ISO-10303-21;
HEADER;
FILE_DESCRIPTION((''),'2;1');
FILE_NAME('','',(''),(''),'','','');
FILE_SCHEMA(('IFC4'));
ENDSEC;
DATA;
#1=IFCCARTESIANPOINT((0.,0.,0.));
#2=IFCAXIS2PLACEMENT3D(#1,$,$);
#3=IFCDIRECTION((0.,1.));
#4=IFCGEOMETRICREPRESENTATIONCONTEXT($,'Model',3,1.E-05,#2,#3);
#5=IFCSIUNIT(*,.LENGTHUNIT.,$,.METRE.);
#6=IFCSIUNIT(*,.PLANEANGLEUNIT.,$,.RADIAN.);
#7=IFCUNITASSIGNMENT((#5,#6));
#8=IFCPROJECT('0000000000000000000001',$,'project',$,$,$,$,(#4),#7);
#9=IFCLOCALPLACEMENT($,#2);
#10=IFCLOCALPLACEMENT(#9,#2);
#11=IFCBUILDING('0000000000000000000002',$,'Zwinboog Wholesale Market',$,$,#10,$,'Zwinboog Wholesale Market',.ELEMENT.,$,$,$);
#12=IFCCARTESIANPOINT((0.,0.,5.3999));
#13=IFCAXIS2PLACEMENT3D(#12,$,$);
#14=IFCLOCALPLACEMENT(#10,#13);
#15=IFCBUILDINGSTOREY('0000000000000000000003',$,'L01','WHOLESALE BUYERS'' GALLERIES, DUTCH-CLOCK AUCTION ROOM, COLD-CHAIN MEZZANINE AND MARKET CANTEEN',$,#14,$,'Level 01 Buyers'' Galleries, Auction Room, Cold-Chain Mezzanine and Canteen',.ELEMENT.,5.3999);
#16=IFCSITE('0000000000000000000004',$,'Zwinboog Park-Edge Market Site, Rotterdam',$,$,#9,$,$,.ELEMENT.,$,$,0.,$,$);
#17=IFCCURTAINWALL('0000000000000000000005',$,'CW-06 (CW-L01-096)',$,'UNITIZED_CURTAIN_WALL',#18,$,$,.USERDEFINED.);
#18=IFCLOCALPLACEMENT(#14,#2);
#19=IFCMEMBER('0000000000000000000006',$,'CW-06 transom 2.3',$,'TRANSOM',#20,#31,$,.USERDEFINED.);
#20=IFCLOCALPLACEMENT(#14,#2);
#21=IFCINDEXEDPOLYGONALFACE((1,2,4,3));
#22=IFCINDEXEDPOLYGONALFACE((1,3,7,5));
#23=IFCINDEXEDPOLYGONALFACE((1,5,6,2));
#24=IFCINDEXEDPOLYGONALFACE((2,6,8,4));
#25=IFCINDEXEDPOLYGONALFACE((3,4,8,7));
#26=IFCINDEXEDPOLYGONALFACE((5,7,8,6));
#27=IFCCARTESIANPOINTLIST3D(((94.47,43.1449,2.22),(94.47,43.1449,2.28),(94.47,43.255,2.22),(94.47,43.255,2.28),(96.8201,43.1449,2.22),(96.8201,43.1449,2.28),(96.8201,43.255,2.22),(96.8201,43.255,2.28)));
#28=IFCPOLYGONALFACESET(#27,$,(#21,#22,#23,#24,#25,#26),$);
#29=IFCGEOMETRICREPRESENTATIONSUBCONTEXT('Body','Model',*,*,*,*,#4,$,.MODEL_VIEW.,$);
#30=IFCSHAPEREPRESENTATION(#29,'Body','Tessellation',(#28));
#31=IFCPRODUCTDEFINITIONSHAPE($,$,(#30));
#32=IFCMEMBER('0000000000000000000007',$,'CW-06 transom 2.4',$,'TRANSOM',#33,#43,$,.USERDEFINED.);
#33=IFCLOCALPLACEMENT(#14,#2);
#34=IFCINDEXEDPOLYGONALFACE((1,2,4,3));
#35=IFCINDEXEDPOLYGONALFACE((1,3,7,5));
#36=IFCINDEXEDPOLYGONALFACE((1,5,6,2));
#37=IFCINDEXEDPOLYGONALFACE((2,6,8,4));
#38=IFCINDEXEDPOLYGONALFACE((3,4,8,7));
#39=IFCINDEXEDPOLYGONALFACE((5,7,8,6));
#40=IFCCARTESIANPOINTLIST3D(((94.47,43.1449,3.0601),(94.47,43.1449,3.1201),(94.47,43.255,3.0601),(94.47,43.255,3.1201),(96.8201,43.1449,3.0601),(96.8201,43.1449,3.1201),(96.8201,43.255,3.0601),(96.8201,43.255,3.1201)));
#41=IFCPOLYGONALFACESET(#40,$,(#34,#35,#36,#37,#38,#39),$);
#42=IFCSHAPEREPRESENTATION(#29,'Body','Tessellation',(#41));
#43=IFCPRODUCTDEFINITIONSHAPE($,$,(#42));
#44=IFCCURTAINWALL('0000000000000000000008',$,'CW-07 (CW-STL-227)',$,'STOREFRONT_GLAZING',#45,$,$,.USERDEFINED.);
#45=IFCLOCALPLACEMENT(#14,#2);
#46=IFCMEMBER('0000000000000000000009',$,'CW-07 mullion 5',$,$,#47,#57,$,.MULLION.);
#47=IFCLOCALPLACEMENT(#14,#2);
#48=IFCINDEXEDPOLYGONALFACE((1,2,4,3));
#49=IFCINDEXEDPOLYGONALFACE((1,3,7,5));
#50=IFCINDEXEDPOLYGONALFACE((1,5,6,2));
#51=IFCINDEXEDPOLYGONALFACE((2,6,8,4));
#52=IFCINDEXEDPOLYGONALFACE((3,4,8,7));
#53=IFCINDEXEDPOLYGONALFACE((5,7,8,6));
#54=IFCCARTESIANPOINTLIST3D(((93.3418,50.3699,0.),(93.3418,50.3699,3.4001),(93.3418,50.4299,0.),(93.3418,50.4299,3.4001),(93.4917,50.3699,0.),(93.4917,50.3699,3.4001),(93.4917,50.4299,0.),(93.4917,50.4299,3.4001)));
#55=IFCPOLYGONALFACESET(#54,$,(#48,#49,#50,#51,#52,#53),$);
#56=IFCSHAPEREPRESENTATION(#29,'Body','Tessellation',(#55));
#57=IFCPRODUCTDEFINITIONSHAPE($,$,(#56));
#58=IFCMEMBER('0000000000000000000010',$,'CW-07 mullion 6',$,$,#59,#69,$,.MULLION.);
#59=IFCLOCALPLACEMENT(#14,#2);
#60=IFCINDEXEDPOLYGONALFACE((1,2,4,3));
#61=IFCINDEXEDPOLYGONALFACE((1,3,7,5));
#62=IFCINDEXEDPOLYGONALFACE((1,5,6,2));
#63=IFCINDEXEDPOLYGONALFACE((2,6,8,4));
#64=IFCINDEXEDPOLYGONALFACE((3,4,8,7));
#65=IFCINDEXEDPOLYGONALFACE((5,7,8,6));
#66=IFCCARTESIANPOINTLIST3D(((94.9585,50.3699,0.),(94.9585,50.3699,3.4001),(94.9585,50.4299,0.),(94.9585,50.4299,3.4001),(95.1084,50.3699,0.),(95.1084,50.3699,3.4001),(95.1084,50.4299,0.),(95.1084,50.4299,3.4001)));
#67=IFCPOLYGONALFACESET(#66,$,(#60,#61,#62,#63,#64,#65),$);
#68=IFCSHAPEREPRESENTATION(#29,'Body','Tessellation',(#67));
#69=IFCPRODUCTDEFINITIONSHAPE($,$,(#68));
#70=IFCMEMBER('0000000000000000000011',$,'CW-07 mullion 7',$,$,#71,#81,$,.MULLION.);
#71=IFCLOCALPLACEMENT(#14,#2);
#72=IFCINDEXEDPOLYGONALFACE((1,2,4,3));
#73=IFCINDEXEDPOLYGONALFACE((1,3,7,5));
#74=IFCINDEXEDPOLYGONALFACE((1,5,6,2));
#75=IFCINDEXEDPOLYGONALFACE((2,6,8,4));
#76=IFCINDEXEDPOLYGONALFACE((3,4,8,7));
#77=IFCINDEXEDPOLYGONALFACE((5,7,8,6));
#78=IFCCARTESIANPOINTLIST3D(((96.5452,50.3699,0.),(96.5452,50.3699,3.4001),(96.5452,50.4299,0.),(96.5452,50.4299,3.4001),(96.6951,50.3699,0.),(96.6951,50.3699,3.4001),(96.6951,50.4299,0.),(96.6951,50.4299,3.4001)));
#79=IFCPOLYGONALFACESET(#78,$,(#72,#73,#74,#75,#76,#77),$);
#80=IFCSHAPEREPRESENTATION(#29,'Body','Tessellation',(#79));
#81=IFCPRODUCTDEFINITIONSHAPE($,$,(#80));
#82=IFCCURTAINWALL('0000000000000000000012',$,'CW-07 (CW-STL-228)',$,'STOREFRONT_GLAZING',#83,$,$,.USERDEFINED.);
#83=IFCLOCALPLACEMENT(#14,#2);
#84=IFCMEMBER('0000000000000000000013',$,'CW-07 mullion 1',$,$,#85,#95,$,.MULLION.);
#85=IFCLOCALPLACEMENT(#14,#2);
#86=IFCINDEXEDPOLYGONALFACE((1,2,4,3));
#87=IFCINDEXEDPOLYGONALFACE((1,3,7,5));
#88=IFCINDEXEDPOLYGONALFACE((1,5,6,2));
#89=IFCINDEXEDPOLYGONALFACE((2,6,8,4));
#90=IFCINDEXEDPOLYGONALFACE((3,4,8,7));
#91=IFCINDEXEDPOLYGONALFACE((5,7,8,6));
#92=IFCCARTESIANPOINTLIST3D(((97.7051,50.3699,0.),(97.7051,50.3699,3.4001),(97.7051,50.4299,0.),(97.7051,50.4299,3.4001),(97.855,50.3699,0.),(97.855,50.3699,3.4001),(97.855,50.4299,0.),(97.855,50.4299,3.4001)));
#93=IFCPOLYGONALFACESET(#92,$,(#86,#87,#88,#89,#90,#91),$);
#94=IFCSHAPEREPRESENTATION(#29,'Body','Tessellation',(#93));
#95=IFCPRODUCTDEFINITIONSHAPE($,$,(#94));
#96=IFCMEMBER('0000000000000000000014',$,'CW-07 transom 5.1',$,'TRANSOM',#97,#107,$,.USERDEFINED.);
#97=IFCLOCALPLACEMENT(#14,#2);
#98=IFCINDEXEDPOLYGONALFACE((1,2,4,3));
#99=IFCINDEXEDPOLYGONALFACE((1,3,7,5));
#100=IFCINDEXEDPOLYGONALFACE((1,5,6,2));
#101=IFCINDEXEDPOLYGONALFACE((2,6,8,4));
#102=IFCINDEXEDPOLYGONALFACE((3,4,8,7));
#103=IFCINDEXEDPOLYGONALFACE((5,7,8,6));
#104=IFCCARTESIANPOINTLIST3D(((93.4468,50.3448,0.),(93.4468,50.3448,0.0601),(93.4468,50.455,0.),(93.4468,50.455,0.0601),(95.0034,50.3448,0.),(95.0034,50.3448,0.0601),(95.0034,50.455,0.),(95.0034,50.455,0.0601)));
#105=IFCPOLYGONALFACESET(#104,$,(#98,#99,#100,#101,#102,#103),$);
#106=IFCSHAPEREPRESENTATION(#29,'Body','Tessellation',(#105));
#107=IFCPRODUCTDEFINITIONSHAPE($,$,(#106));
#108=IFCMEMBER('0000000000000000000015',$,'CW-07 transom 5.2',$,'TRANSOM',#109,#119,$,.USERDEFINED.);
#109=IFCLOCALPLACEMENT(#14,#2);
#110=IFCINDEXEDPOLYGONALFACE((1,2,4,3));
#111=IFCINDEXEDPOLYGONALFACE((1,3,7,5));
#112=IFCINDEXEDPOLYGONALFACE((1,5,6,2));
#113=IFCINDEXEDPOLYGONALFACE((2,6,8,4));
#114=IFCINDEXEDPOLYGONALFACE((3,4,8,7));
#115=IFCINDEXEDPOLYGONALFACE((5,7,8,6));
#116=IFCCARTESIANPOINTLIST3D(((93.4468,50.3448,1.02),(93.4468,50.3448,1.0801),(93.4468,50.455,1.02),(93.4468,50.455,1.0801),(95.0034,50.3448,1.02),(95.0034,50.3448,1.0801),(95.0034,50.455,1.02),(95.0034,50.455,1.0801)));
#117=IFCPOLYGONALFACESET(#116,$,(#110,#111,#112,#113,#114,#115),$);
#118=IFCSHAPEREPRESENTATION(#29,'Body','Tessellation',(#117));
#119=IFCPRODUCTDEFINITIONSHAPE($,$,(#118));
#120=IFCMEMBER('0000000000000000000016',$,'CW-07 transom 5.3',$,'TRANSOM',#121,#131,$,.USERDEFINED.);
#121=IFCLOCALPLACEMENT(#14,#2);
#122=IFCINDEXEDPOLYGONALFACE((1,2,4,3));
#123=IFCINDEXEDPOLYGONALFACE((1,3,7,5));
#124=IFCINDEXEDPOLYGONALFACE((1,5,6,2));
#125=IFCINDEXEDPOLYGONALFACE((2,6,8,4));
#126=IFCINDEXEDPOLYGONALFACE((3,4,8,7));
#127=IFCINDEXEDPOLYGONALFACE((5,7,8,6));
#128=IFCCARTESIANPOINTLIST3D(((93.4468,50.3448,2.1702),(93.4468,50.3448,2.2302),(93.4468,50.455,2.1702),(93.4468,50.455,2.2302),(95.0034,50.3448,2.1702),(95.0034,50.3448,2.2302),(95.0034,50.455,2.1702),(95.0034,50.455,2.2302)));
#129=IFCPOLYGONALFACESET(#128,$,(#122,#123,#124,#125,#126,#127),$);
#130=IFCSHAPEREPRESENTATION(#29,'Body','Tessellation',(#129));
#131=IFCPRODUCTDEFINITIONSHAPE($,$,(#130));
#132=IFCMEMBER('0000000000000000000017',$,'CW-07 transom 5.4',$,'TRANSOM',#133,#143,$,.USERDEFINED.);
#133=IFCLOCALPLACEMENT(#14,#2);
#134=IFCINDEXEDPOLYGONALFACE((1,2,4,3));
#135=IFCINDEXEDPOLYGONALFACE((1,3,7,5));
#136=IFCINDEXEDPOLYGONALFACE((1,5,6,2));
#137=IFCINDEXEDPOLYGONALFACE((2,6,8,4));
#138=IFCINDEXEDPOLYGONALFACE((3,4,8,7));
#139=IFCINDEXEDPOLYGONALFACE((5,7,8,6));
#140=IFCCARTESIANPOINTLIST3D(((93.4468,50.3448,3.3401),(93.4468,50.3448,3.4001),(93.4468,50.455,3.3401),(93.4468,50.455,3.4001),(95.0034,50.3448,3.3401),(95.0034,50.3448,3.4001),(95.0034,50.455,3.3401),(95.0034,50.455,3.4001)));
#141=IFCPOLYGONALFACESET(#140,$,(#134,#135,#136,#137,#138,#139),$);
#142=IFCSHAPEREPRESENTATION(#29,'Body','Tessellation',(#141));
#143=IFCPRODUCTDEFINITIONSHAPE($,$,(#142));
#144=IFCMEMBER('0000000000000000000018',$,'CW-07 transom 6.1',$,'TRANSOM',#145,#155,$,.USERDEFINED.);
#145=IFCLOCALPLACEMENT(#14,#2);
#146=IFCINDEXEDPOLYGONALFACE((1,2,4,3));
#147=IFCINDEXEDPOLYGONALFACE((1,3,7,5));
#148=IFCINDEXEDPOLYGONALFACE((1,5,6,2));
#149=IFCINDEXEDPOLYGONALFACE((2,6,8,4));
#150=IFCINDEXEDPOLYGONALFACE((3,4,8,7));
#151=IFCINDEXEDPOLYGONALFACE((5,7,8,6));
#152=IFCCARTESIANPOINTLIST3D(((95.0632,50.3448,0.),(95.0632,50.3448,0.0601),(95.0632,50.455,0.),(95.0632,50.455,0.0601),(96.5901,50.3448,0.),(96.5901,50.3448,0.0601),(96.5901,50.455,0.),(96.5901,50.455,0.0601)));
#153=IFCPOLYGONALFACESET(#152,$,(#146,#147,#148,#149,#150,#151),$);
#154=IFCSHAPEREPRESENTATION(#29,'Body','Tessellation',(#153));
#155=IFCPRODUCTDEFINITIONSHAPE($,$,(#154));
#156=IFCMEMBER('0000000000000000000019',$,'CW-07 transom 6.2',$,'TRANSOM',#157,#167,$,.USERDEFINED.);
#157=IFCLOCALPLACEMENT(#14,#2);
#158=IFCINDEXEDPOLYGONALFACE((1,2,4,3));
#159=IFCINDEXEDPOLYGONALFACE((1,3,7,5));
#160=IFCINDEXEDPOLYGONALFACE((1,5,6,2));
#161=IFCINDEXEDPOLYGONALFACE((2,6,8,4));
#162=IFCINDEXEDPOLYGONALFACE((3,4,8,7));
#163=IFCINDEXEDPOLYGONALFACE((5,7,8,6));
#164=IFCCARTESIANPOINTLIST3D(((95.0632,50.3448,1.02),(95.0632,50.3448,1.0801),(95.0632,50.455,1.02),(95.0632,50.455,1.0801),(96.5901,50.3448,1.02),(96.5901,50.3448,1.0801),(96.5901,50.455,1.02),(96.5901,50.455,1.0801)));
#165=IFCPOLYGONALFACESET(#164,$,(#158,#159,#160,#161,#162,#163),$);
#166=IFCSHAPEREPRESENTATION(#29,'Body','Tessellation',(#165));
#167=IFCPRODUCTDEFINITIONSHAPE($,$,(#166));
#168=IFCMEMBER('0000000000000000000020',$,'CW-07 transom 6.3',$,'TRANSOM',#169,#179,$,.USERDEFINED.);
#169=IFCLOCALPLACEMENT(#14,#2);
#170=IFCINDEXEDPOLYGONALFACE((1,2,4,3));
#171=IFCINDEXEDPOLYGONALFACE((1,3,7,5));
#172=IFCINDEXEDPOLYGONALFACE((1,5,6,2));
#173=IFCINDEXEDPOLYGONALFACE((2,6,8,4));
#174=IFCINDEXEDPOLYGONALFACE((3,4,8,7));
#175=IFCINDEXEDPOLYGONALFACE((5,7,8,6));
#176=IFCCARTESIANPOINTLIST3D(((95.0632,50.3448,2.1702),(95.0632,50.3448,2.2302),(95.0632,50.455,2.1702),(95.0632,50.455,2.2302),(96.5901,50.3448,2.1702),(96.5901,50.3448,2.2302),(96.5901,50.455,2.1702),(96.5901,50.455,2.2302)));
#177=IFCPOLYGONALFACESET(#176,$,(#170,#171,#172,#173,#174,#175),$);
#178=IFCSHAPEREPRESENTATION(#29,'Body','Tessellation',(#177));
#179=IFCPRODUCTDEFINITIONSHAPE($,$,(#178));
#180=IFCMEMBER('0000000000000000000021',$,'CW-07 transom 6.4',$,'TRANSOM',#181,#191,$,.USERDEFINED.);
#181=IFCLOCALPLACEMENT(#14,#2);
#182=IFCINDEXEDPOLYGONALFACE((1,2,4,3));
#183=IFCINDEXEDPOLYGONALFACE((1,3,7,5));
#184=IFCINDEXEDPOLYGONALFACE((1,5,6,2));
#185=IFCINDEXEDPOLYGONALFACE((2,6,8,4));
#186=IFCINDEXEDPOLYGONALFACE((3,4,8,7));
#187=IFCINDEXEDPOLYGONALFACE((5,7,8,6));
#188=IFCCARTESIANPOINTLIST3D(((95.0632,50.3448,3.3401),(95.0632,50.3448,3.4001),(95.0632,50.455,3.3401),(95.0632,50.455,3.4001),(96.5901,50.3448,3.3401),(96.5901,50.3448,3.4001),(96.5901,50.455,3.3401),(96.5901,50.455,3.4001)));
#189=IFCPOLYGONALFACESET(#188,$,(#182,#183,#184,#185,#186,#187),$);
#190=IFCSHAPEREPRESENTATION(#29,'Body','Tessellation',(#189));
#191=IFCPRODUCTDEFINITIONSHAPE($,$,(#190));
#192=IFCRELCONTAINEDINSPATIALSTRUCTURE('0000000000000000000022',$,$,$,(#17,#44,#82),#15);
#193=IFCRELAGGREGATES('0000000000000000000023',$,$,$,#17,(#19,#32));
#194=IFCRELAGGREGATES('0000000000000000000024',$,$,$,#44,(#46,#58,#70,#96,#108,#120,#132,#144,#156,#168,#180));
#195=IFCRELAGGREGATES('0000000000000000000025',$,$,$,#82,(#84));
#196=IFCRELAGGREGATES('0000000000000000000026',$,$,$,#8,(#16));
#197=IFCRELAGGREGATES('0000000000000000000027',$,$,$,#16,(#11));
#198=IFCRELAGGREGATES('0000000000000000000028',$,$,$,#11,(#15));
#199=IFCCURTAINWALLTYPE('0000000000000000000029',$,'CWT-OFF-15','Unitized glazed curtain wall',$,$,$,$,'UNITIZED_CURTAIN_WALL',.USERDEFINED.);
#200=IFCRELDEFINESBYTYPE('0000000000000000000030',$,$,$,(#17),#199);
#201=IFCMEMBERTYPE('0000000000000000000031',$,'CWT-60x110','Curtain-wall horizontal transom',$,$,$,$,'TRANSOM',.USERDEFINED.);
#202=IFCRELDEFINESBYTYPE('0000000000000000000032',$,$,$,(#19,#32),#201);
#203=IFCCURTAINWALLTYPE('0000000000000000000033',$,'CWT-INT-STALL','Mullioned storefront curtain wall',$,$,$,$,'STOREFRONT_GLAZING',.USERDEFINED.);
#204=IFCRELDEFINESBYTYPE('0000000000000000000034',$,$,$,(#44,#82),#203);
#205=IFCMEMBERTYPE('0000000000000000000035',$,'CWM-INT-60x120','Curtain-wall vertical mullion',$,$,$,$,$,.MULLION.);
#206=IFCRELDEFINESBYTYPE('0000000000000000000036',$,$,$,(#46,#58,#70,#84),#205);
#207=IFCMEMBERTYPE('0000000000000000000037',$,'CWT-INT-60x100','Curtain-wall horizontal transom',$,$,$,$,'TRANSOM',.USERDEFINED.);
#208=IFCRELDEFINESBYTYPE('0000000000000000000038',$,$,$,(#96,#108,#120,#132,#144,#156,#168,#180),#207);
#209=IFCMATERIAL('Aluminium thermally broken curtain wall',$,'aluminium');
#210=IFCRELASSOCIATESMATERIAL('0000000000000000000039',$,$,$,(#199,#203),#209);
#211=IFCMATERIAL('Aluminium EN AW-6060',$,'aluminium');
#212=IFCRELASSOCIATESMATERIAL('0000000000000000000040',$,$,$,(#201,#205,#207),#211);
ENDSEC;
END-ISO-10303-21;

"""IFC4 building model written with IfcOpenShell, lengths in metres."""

from ifc_helpers import new_model, si_unit, direction, frame, origin, origin_2d, place, context, subcontext, project, spatial, rectangle, extrude, material, material_profile, profile_set, type_object, element, aggregate, save


model = new_model("IFC4")

# Units and contexts
model_context = context("Model", 3, precision=1e-05, world=origin(), true_north=direction((0.0, 1.0)))
body_context = subcontext(model_context, "Body", "Model", "MODEL_VIEW")
ifc_project = project(units=[si_unit("LENGTHUNIT", "METRE"), si_unit("PLANEANGLEUNIT", "RADIAN")], contexts=[model_context])

# Site, building, storey
site_placement = place(None, origin())
site = spatial("IfcSite", under=ifc_project, at=site_placement, Name="Zwinboog Park-Edge Market Site, Rotterdam", CompositionType="ELEMENT", RefElevation=0.0)
building_placement = place(site_placement, origin())
building = spatial("IfcBuilding", under=site, at=building_placement, Name="Zwinboog Wholesale Market", LongName="Zwinboog Wholesale Market", CompositionType="ELEMENT")
storey_placement = place(building_placement, frame((0.0, 0.0, 5.3999)))
storey = spatial("IfcBuildingStorey", under=building, at=storey_placement, Name="L01", Description="WHOLESALE BUYERS' GALLERIES, DUTCH-CLOCK AUCTION ROOM, COLD-CHAIN MEZZANINE AND MARKET CANTEEN", LongName="Level 01 Buyers' Galleries, Auction Room, Cold-Chain Mezzanine and Canteen", CompositionType="ELEMENT", Elevation=5.3999)

# Curtain wall
ifc_material_1 = material(Name="Aluminium thermally broken curtain wall", Category="aluminium")
ifc_material_2 = material(Name="Aluminium EN AW-6060", Category="aluminium")
curtain_wall_type_1 = type_object("IfcCurtainWallType", Name="CWT-OFF-15", Description="Unitized glazed curtain wall", ElementType="UNITIZED_CURTAIN_WALL", PredefinedType="USERDEFINED", material=ifc_material_1)
curtain_wall_1_placement = place(storey_placement, origin())
curtain_wall_1 = element("IfcCurtainWall", 1, at=curtain_wall_1_placement, inside=storey, type_object=curtain_wall_type_1, Name="CW-06 (CW-L01-096)", ObjectType="UNITIZED_CURTAIN_WALL", PredefinedType="USERDEFINED")

# Members
ifc_material_profile_1 = material_profile(ifc_material_2, rectangle(XDim=0.1101, YDim=0.0601, at=origin_2d()), Name="AL 60x110")
ifc_profile_set_1 = profile_set([ifc_material_profile_1], Name="Aluminium EN AW-6060")
member_type_1 = type_object("IfcMemberType", Name="CWT-60x110", Description="Curtain-wall horizontal transom", ElementType="TRANSOM", PredefinedType="USERDEFINED", material=ifc_profile_set_1)
member_1_placement = place(storey_placement, frame((94.47, 43.2, 2.25), z_axis=(1.0, 0.0, 0.0), x_axis=(0.0, 1.0, 0.0)))
member_1 = element("IfcMember", 2, at=member_1_placement, type_object=member_type_1, Name="CW-06 transom 2.3", ObjectType="TRANSOM", PredefinedType="USERDEFINED", context=body_context, shape_type="SweptSolid", body=[
    extrude(rectangle(XDim=0.1101, YDim=0.0601, at=origin_2d()), origin(), (0.0, 0.0, 1.0), 2.3501),
])
member_2_placement = place(storey_placement, frame((94.47, 43.2, 3.0901), z_axis=(1.0, 0.0, 0.0), x_axis=(0.0, 1.0, 0.0)))
member_2 = element("IfcMember", 3, at=member_2_placement, type_object=member_type_1, Name="CW-06 transom 2.4", ObjectType="TRANSOM", PredefinedType="USERDEFINED", context=body_context, shape_type="SweptSolid", body=[
    extrude(rectangle(XDim=0.1101, YDim=0.0601, at=origin_2d()), origin(), (0.0, 0.0, 1.0), 2.3501),
])

# Curtain wall, members
curtain_wall_type_2 = type_object("IfcCurtainWallType", Name="CWT-INT-STALL", Description="Mullioned storefront curtain wall", ElementType="STOREFRONT_GLAZING", PredefinedType="USERDEFINED", material=ifc_material_1)
curtain_wall_2_placement = place(storey_placement, origin())
curtain_wall_2 = element("IfcCurtainWall", 4, at=curtain_wall_2_placement, inside=storey, type_object=curtain_wall_type_2, Name="CW-07 (CW-STL-227)", ObjectType="STOREFRONT_GLAZING", PredefinedType="USERDEFINED")
ifc_material_profile_2 = material_profile(ifc_material_2, rectangle(XDim=0.0601, YDim=0.1499, at=origin_2d()), Name="AL 60x150")
ifc_profile_set_2 = profile_set([ifc_material_profile_2], Name="Aluminium EN AW-6060")
member_type_2 = type_object("IfcMemberType", Name="CWM-INT-60x120", Description="Curtain-wall vertical mullion", PredefinedType="MULLION", material=ifc_profile_set_2)
member_3_placement = place(storey_placement, frame((93.4167, 50.3999, 0.0), z_axis=(0.0, 0.0, 1.0), x_axis=(0.0, 1.0, 0.0)))
member_3 = element("IfcMember", 5, at=member_3_placement, type_object=member_type_2, Name="CW-07 mullion 5", PredefinedType="MULLION", context=body_context, shape_type="SweptSolid", body=[
    extrude(rectangle(XDim=0.0601, YDim=0.1499, at=origin_2d()), origin(), (0.0, 0.0, 1.0), 3.4001),
])
member_4_placement = place(storey_placement, frame((95.0334, 50.3999, 0.0), z_axis=(0.0, 0.0, 1.0), x_axis=(0.0, 1.0, 0.0)))
member_4 = element("IfcMember", 6, at=member_4_placement, type_object=member_type_2, Name="CW-07 mullion 6", PredefinedType="MULLION", context=body_context, shape_type="SweptSolid", body=[
    extrude(rectangle(XDim=0.0601, YDim=0.1499, at=origin_2d()), origin(), (0.0, 0.0, 1.0), 3.4001),
])
member_5_placement = place(storey_placement, frame((96.6201, 50.3999, 0.0), z_axis=(0.0, 0.0, 1.0), x_axis=(0.0, 1.0, 0.0)))
member_5 = element("IfcMember", 7, at=member_5_placement, type_object=member_type_2, Name="CW-07 mullion 7", PredefinedType="MULLION", context=body_context, shape_type="SweptSolid", body=[
    extrude(rectangle(XDim=0.0601, YDim=0.1499, at=origin_2d()), origin(), (0.0, 0.0, 1.0), 3.4001),
])

# Curtain wall, member
curtain_wall_3_placement = place(storey_placement, origin())
curtain_wall_3 = element("IfcCurtainWall", 8, at=curtain_wall_3_placement, inside=storey, type_object=curtain_wall_type_2, Name="CW-07 (CW-STL-228)", ObjectType="STOREFRONT_GLAZING", PredefinedType="USERDEFINED")
member_6_placement = place(storey_placement, frame((97.78, 50.3999, 0.0), z_axis=(0.0, 0.0, 1.0), x_axis=(0.0, 1.0, 0.0)))
member_6 = element("IfcMember", 9, at=member_6_placement, type_object=member_type_2, Name="CW-07 mullion 1", PredefinedType="MULLION", context=body_context, shape_type="SweptSolid", body=[
    extrude(rectangle(XDim=0.0601, YDim=0.1499, at=origin_2d()), origin(), (0.0, 0.0, 1.0), 3.4001),
])

# Members
ifc_material_profile_3 = material_profile(ifc_material_2, rectangle(XDim=0.1101, YDim=0.0601, at=origin_2d()), Name="AL 60x110")
ifc_profile_set_3 = profile_set([ifc_material_profile_3], Name="Aluminium EN AW-6060")
member_type_3 = type_object("IfcMemberType", Name="CWT-INT-60x100", Description="Curtain-wall horizontal transom", ElementType="TRANSOM", PredefinedType="USERDEFINED", material=ifc_profile_set_3)
member_7_placement = place(storey_placement, frame((93.4468, 50.3999, 0.03), z_axis=(1.0, 0.0, 0.0), x_axis=(0.0, 1.0, 0.0)))
member_7 = element("IfcMember", 10, at=member_7_placement, type_object=member_type_3, Name="CW-07 transom 5.1", ObjectType="TRANSOM", PredefinedType="USERDEFINED", context=body_context, shape_type="SweptSolid", body=[
    extrude(rectangle(XDim=0.1101, YDim=0.0601, at=origin_2d()), origin(), (0.0, 0.0, 1.0), 1.5566),
])
member_8_placement = place(storey_placement, frame((93.4468, 50.3999, 1.05), z_axis=(1.0, 0.0, 0.0), x_axis=(0.0, 1.0, 0.0)))
member_8 = element("IfcMember", 11, at=member_8_placement, type_object=member_type_3, Name="CW-07 transom 5.2", ObjectType="TRANSOM", PredefinedType="USERDEFINED", context=body_context, shape_type="SweptSolid", body=[
    extrude(rectangle(XDim=0.1101, YDim=0.0601, at=origin_2d()), origin(), (0.0, 0.0, 1.0), 1.5566),
])
member_9_placement = place(storey_placement, frame((93.4468, 50.3999, 2.2002), z_axis=(1.0, 0.0, 0.0), x_axis=(0.0, 1.0, 0.0)))
member_9 = element("IfcMember", 12, at=member_9_placement, type_object=member_type_3, Name="CW-07 transom 5.3", ObjectType="TRANSOM", PredefinedType="USERDEFINED", context=body_context, shape_type="SweptSolid", body=[
    extrude(rectangle(XDim=0.1101, YDim=0.0601, at=origin_2d()), origin(), (0.0, 0.0, 1.0), 1.5566),
])
member_10_placement = place(storey_placement, frame((93.4468, 50.3999, 3.3701), z_axis=(1.0, 0.0, 0.0), x_axis=(0.0, 1.0, 0.0)))
member_10 = element("IfcMember", 13, at=member_10_placement, type_object=member_type_3, Name="CW-07 transom 5.4", ObjectType="TRANSOM", PredefinedType="USERDEFINED", context=body_context, shape_type="SweptSolid", body=[
    extrude(rectangle(XDim=0.1101, YDim=0.0601, at=origin_2d()), origin(), (0.0, 0.0, 1.0), 1.5566),
])
member_11_placement = place(storey_placement, frame((95.0632, 50.3999, 0.03), z_axis=(1.0, 0.0, 0.0), x_axis=(0.0, 1.0, 0.0)))
member_11 = element("IfcMember", 14, at=member_11_placement, type_object=member_type_3, Name="CW-07 transom 6.1", ObjectType="TRANSOM", PredefinedType="USERDEFINED", context=body_context, shape_type="SweptSolid", body=[
    extrude(rectangle(XDim=0.1101, YDim=0.0601, at=origin_2d()), origin(), (0.0, 0.0, 1.0), 1.5269),
])
member_12_placement = place(storey_placement, frame((95.0632, 50.3999, 1.05), z_axis=(1.0, 0.0, 0.0), x_axis=(0.0, 1.0, 0.0)))
member_12 = element("IfcMember", 15, at=member_12_placement, type_object=member_type_3, Name="CW-07 transom 6.2", ObjectType="TRANSOM", PredefinedType="USERDEFINED", context=body_context, shape_type="SweptSolid", body=[
    extrude(rectangle(XDim=0.1101, YDim=0.0601, at=origin_2d()), origin(), (0.0, 0.0, 1.0), 1.5269),
])
member_13_placement = place(storey_placement, frame((95.0632, 50.3999, 2.2002), z_axis=(1.0, 0.0, 0.0), x_axis=(0.0, 1.0, 0.0)))
member_13 = element("IfcMember", 16, at=member_13_placement, type_object=member_type_3, Name="CW-07 transom 6.3", ObjectType="TRANSOM", PredefinedType="USERDEFINED", context=body_context, shape_type="SweptSolid", body=[
    extrude(rectangle(XDim=0.1101, YDim=0.0601, at=origin_2d()), origin(), (0.0, 0.0, 1.0), 1.5269),
])
member_14_placement = place(storey_placement, frame((95.0632, 50.3999, 3.3701), z_axis=(1.0, 0.0, 0.0), x_axis=(0.0, 1.0, 0.0)))
member_14 = element("IfcMember", 17, at=member_14_placement, type_object=member_type_3, Name="CW-07 transom 6.4", ObjectType="TRANSOM", PredefinedType="USERDEFINED", context=body_context, shape_type="SweptSolid", body=[
    extrude(rectangle(XDim=0.1101, YDim=0.0601, at=origin_2d()), origin(), (0.0, 0.0, 1.0), 1.5269),
])

aggregate(curtain_wall_1, [member_1, member_2])
aggregate(curtain_wall_2, [member_3, member_4, member_5, member_7, member_8, member_9, member_10, member_11, member_12, member_13, member_14])
aggregate(curtain_wall_3, [member_6])

save(model, "model.ifc")
